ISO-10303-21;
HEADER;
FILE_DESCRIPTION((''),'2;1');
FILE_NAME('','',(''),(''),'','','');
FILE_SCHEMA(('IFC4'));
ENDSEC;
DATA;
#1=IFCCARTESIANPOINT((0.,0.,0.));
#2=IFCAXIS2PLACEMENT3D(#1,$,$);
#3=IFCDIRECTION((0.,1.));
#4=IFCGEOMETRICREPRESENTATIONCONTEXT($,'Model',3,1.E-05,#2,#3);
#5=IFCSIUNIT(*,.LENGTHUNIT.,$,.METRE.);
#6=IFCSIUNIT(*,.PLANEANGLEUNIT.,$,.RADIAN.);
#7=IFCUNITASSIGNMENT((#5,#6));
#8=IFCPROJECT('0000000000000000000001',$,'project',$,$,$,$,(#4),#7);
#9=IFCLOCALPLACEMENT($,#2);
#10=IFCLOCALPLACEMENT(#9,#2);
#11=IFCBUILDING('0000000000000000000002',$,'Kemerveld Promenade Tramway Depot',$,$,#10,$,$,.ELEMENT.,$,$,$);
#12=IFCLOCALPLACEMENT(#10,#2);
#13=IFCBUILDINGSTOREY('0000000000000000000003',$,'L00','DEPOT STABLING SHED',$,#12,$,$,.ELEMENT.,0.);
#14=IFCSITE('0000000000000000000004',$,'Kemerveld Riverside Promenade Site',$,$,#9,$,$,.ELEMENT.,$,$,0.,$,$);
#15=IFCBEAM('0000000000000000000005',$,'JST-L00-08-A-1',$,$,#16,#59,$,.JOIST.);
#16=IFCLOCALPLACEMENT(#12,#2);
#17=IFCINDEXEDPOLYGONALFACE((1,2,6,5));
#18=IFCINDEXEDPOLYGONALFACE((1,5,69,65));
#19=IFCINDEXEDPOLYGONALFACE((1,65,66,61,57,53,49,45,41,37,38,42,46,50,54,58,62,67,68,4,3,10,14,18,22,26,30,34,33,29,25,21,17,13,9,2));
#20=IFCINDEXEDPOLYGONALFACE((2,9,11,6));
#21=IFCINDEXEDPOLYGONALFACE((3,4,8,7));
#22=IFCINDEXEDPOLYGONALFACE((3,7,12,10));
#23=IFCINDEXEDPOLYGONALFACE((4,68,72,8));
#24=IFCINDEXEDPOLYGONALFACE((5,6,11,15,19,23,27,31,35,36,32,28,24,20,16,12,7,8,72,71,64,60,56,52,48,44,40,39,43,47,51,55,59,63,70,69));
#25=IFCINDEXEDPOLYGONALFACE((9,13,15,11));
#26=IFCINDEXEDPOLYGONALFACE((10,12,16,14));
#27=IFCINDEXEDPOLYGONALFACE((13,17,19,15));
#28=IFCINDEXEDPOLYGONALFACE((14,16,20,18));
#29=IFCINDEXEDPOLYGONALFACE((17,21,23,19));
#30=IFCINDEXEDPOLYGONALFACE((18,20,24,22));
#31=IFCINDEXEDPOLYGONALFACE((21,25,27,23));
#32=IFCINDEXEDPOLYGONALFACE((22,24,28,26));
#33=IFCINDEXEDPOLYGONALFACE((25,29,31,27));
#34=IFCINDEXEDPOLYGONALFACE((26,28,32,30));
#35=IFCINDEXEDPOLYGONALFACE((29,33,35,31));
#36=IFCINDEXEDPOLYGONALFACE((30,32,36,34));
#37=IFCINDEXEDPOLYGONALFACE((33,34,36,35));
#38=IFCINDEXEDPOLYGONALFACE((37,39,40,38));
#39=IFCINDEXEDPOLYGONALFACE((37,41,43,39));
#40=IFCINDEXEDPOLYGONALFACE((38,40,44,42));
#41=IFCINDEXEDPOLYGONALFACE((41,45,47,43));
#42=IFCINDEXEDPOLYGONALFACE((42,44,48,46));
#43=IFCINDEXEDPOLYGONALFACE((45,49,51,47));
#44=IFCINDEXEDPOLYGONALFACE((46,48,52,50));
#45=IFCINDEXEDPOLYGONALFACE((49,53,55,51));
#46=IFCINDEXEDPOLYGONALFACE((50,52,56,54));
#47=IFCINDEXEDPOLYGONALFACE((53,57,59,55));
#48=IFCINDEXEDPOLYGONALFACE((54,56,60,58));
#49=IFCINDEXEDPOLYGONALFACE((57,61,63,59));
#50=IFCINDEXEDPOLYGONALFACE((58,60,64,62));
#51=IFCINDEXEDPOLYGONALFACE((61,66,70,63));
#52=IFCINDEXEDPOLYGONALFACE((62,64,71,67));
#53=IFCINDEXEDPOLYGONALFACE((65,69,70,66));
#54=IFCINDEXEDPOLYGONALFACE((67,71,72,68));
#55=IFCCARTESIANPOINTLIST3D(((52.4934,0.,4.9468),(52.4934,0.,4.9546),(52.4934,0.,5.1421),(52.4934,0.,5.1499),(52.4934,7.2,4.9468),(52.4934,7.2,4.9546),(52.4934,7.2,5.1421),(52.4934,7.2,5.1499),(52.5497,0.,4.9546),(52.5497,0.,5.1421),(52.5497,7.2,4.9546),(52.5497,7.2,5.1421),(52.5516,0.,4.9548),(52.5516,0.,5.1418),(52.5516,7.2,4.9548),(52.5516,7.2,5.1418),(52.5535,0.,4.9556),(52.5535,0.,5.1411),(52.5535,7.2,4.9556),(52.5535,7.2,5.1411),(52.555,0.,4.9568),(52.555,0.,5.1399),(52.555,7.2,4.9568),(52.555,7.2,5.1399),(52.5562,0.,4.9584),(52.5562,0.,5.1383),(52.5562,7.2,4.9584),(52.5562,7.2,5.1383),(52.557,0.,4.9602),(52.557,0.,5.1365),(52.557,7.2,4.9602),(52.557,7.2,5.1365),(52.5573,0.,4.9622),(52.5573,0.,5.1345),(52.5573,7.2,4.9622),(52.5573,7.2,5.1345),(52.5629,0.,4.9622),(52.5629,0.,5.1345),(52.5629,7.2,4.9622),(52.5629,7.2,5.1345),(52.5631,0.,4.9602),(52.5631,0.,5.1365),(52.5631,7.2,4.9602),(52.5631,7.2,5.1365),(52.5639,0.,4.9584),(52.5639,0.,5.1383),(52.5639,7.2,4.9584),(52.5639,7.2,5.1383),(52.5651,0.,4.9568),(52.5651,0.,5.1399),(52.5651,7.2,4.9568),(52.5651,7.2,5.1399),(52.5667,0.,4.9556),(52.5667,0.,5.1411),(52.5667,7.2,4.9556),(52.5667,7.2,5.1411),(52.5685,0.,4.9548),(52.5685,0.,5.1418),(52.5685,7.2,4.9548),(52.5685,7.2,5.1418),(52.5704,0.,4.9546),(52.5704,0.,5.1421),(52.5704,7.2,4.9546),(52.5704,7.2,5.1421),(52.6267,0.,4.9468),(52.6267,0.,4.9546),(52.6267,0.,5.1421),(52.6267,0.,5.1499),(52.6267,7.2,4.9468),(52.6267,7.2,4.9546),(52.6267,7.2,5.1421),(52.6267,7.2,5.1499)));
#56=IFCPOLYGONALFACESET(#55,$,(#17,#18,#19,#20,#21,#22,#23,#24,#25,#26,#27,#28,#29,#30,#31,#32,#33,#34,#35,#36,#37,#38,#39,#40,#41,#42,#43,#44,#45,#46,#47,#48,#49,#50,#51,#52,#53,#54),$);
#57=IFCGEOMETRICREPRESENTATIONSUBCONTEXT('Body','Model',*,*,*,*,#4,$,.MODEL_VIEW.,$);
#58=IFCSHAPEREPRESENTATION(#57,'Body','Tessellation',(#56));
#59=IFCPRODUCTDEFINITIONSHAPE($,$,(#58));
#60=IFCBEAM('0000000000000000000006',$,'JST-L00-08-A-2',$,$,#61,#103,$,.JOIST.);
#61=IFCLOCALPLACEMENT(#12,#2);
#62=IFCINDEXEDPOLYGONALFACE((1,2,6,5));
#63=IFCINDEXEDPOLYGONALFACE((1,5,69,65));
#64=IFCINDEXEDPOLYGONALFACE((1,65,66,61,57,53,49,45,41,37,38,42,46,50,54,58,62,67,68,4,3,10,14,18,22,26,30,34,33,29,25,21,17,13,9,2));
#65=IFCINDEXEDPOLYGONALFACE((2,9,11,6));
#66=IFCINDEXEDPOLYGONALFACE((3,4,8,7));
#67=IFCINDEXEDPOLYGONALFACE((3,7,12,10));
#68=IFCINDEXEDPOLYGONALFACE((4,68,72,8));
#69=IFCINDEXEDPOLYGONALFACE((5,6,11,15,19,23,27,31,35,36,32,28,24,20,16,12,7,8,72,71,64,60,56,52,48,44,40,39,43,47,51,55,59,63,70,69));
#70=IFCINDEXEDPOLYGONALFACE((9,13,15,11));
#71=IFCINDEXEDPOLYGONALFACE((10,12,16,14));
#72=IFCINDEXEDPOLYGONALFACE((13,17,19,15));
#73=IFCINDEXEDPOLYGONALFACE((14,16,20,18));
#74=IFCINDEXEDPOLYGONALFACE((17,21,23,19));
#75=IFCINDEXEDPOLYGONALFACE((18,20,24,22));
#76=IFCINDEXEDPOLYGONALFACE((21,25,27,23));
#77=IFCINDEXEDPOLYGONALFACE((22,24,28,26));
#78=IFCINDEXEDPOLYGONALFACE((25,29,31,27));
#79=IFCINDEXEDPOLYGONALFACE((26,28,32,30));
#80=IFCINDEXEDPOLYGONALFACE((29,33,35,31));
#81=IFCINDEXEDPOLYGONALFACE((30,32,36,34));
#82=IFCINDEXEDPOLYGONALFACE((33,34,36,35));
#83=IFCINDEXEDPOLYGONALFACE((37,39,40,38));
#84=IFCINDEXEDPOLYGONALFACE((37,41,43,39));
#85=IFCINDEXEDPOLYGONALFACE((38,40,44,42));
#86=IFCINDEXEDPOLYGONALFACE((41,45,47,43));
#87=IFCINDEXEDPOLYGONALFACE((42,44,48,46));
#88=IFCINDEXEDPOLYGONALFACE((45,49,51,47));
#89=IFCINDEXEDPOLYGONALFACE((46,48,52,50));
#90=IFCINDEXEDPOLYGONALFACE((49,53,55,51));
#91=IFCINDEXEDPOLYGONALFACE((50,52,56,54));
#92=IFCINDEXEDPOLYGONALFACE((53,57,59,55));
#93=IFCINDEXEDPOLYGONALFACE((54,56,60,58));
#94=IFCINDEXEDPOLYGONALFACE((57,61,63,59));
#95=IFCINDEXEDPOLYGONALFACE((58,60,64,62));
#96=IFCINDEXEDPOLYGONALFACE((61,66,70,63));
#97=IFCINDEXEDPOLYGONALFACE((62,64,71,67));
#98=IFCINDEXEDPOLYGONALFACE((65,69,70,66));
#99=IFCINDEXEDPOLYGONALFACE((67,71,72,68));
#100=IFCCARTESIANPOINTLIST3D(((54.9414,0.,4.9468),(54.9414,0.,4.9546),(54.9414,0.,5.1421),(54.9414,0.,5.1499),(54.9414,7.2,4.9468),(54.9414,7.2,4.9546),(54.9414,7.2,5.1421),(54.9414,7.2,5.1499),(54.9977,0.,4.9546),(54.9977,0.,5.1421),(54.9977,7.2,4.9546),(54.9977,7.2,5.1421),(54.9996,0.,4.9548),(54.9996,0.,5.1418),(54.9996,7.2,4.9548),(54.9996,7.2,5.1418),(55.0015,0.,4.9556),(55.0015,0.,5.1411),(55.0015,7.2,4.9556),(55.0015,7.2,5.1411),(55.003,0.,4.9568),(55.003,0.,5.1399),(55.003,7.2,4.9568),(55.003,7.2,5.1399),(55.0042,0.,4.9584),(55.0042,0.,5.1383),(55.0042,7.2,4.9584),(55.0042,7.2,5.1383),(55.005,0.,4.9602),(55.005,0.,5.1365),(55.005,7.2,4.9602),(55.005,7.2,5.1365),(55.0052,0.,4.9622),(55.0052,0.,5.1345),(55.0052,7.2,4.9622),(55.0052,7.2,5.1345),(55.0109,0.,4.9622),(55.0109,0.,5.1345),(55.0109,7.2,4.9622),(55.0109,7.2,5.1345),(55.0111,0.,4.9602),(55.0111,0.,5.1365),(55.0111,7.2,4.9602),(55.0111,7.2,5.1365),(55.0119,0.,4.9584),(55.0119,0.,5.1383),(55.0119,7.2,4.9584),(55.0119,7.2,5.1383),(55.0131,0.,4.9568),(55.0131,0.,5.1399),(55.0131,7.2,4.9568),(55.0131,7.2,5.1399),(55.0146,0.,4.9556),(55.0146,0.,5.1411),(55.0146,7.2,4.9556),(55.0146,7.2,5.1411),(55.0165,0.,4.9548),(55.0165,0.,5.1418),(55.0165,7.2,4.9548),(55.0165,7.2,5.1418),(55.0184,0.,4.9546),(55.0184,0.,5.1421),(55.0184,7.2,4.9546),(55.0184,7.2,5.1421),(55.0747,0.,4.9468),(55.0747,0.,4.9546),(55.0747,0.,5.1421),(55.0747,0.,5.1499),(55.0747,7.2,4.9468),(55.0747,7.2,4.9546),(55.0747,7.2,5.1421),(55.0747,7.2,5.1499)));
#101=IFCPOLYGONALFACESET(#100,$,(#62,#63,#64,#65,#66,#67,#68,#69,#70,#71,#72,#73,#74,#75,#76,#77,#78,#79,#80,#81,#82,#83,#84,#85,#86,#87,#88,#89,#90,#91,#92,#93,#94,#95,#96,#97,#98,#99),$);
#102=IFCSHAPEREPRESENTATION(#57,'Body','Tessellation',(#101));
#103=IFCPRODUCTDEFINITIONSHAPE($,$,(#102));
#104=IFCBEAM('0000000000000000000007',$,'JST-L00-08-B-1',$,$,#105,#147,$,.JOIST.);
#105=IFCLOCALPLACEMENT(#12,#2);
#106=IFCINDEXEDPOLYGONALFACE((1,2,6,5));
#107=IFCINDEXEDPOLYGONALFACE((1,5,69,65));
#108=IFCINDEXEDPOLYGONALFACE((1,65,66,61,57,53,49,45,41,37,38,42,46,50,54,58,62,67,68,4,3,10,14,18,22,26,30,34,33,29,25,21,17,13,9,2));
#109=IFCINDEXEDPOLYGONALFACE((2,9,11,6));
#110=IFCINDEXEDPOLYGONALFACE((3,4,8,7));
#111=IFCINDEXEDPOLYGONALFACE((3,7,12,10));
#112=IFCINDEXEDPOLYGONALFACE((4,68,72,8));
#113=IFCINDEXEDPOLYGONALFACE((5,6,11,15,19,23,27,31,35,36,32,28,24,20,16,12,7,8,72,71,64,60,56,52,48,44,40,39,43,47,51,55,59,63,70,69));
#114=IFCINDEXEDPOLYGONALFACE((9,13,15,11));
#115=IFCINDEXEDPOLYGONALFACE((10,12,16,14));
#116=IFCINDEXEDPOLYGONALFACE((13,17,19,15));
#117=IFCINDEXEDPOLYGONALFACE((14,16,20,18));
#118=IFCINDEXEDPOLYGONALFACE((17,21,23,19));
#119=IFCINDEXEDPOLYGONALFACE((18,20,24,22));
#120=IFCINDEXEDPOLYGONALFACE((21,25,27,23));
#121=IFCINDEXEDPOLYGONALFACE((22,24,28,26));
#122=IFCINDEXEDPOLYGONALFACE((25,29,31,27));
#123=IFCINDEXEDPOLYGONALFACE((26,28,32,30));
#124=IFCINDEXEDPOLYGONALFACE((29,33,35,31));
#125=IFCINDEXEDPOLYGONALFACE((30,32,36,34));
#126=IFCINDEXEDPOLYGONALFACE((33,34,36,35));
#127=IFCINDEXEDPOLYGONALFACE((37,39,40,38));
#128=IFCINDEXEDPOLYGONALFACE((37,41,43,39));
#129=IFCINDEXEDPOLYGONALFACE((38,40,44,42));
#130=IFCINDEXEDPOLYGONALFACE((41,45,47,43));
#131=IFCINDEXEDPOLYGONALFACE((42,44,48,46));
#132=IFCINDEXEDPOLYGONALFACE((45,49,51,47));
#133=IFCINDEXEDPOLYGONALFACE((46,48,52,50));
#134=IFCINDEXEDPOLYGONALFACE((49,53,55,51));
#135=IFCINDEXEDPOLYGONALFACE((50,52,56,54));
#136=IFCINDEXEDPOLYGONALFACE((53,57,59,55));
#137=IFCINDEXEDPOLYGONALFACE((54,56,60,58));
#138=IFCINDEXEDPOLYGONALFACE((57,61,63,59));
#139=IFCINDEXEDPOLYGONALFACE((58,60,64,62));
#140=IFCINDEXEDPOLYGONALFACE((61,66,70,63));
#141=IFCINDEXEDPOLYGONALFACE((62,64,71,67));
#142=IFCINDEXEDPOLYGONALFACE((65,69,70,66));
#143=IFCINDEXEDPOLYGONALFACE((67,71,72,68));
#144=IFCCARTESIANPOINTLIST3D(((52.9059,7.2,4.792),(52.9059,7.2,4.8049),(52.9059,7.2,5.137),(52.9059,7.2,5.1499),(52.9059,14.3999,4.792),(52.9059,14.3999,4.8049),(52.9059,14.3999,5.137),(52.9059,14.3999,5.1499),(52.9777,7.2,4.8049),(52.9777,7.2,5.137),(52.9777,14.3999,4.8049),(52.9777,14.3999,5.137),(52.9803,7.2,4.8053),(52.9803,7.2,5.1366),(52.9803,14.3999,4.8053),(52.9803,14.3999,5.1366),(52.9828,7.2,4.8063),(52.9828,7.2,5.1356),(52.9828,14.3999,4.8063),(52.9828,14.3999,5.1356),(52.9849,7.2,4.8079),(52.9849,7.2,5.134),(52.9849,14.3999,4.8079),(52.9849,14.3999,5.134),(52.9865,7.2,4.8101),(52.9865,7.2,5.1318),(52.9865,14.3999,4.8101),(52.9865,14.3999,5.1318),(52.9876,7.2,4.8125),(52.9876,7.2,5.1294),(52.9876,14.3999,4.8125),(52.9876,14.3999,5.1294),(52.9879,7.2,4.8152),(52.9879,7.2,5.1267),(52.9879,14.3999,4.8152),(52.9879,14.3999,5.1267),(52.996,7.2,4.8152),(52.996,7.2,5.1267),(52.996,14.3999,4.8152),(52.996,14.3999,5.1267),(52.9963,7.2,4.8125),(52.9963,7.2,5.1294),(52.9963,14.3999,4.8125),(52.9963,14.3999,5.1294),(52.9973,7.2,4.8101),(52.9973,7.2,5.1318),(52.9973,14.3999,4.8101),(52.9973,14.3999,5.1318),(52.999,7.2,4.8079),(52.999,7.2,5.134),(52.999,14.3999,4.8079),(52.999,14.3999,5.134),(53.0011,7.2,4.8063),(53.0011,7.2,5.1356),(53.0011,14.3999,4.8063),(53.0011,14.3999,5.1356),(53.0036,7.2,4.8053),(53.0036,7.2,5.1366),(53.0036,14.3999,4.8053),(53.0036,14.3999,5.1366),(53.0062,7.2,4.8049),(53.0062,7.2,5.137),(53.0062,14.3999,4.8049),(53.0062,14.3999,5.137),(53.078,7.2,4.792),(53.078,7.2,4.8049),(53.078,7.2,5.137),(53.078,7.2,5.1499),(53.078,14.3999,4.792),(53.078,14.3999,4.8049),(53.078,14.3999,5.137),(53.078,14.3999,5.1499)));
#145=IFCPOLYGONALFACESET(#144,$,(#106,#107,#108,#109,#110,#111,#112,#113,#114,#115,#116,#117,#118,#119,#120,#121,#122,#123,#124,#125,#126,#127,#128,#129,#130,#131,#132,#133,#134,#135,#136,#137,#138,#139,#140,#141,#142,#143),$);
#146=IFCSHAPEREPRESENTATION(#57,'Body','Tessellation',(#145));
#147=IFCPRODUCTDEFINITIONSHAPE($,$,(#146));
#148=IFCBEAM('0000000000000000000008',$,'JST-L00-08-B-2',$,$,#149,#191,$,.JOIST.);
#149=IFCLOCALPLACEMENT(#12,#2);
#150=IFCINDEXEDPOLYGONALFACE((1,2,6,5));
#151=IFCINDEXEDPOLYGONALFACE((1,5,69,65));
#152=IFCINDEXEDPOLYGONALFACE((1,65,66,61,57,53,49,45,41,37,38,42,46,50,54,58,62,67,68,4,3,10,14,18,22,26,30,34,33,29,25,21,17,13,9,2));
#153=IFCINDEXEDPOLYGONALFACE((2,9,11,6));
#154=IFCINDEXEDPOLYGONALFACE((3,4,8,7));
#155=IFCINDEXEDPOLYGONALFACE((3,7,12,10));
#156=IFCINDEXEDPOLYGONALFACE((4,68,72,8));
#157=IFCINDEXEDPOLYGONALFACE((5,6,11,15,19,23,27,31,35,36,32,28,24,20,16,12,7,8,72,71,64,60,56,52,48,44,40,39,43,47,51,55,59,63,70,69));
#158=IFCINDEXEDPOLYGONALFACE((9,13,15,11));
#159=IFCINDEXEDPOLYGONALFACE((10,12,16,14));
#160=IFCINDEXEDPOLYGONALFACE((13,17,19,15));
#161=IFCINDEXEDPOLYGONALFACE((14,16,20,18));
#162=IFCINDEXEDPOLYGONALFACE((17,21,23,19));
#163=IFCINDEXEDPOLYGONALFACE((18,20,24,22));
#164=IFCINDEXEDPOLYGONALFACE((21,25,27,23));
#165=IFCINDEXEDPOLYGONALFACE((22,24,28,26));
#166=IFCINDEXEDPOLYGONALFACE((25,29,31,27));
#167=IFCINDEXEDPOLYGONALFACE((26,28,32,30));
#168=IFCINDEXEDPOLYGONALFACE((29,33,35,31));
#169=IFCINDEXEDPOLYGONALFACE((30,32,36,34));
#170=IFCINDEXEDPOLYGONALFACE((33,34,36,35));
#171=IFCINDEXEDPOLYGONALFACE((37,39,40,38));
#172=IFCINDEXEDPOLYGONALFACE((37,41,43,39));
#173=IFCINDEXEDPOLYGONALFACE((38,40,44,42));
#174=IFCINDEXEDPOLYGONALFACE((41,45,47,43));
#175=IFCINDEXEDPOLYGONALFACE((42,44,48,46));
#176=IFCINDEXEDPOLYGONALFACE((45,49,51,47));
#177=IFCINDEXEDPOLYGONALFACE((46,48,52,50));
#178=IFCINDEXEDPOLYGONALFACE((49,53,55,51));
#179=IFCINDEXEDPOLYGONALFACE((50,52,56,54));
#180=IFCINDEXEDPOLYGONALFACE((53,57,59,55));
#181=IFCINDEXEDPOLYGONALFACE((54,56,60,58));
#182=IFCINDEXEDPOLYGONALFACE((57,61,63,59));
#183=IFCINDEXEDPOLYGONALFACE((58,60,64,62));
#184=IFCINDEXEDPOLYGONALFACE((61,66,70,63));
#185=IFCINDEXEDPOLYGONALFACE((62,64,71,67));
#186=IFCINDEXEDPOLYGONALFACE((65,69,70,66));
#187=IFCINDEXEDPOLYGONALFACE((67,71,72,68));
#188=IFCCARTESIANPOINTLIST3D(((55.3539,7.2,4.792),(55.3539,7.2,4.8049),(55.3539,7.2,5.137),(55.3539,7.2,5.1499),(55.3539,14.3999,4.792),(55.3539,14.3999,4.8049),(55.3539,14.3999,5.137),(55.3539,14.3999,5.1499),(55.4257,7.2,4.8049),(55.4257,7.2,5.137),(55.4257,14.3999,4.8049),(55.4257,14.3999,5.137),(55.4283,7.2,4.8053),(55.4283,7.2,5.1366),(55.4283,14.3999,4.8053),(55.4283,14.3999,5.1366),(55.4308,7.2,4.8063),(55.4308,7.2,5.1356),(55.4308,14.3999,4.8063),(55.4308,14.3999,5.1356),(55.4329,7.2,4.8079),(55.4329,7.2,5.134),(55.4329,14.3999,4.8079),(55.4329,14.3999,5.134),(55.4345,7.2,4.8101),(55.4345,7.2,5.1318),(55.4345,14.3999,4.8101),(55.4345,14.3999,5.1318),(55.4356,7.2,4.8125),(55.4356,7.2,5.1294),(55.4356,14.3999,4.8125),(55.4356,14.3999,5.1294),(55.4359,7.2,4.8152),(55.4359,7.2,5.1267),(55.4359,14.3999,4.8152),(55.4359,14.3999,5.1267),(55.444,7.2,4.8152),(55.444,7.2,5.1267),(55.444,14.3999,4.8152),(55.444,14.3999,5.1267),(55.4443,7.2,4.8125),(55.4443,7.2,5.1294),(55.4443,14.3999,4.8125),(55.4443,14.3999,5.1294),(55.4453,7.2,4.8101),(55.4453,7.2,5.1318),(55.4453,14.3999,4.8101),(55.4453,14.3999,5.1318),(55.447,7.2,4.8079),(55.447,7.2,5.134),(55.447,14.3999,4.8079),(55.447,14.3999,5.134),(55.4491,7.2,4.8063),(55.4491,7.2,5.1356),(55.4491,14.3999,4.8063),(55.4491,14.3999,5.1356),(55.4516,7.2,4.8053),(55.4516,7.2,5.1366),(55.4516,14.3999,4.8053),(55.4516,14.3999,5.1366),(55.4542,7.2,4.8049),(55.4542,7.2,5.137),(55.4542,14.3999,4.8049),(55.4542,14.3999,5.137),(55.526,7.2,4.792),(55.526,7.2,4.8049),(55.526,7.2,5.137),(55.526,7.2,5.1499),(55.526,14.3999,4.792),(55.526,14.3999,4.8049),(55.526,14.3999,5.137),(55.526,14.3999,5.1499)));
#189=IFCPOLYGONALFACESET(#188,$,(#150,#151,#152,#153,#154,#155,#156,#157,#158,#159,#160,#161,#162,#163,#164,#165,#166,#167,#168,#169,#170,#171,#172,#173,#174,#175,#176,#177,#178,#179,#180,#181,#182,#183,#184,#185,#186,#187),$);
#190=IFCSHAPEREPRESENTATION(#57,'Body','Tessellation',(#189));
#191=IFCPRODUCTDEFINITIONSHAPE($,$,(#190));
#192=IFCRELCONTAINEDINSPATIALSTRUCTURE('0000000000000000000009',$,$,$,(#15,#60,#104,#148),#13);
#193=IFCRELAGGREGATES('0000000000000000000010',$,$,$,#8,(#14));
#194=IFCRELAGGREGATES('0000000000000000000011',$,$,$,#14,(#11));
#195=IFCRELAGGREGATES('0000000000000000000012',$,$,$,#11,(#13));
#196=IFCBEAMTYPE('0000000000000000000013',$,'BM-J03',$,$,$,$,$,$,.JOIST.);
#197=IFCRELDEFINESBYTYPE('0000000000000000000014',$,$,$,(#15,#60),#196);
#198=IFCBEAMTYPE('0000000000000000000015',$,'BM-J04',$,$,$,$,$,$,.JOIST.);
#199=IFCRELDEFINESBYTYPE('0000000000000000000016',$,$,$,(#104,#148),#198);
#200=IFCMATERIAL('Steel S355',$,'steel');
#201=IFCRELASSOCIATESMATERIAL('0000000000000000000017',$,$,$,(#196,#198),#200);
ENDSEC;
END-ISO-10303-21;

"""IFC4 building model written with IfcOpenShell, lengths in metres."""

from ifc_helpers import new_model, si_unit, direction, frame, origin, origin_2d, place, context, subcontext, project, spatial, i_section, extrude, material, material_profile, profile_set, type_object, element, save


model = new_model("IFC4")

# Units and contexts
model_context = context("Model", 3, precision=1e-05, world=origin(), true_north=direction((0.0, 1.0)))
body_context = subcontext(model_context, "Body", "Model", "MODEL_VIEW")
ifc_project = project(units=[si_unit("LENGTHUNIT", "METRE"), si_unit("PLANEANGLEUNIT", "RADIAN")], contexts=[model_context])

# Site, building, storey
site_placement = place(None, origin())
site = spatial("IfcSite", under=ifc_project, at=site_placement, Name="Kemerveld Riverside Promenade Site", CompositionType="ELEMENT", RefElevation=0.0)
building_placement = place(site_placement, origin())
building = spatial("IfcBuilding", under=site, at=building_placement, Name="Kemerveld Promenade Tramway Depot", CompositionType="ELEMENT")
storey_placement = place(building_placement, origin())
storey = spatial("IfcBuildingStorey", under=building, at=storey_placement, Name="L00", Description="DEPOT STABLING SHED", CompositionType="ELEMENT", Elevation=0.0)

# Shared definitions
ifc_material_1 = material(Name="Steel S355", Category="steel")

# Beams
ifc_material_profile_1 = material_profile(ifc_material_1, i_section(OverallWidth=0.1333, OverallDepth=0.2031, WebThickness=0.0056, FlangeThickness=0.0078, FilletRadius=0.0076, at=origin_2d()), Name="203x133x25 UB")
ifc_profile_set_1 = profile_set([ifc_material_profile_1], Name="Steel S355")
beam_type_1 = type_object("IfcBeamType", Name="BM-J03", PredefinedType="JOIST", material=ifc_profile_set_1)
for number, where, z_axis, x_axis, name in (
    (1, (52.5601, 0.0, 5.0483), (0.0, 1.0, 0.0), (-1.0, 0.0, 0.0), "JST-L00-08-A-1"),
    (2, (55.0081, 0.0, 5.0483), (0.0, 1.0, 0.0), (-1.0, 0.0, 0.0), "JST-L00-08-A-2"),
):
    element("IfcBeam", number, at=place(storey_placement, frame(where, z_axis=z_axis, x_axis=x_axis)), inside=storey, type_object=beam_type_1, Name=name, PredefinedType="JOIST", context=body_context, shape_type="SweptSolid", body=[
        extrude(i_section(OverallWidth=0.1333, OverallDepth=0.2031, WebThickness=0.0056, FlangeThickness=0.0078, FilletRadius=0.0076, at=origin_2d()), origin(), (0.0, 0.0, 1.0), 7.2),
    ])
ifc_material_profile_2 = material_profile(ifc_material_1, i_section(OverallWidth=0.1721, OverallDepth=0.3579, WebThickness=0.0081, FlangeThickness=0.0129, FilletRadius=0.0103, at=origin_2d()), Name="356x171x57 UB")
ifc_profile_set_2 = profile_set([ifc_material_profile_2], Name="Steel S355")
beam_type_2 = type_object("IfcBeamType", Name="BM-J04", PredefinedType="JOIST", material=ifc_profile_set_2)
for number, where, z_axis, x_axis, name in (
    (3, (52.9919, 7.2, 4.9709), (0.0, 1.0, 0.0), (-1.0, 0.0, 0.0), "JST-L00-08-B-1"),
    (4, (55.4399, 7.2, 4.9709), (0.0, 1.0, 0.0), (-1.0, 0.0, 0.0), "JST-L00-08-B-2"),
):
    element("IfcBeam", number, at=place(storey_placement, frame(where, z_axis=z_axis, x_axis=x_axis)), inside=storey, type_object=beam_type_2, Name=name, PredefinedType="JOIST", context=body_context, shape_type="SweptSolid", body=[
        extrude(i_section(OverallWidth=0.1721, OverallDepth=0.3579, WebThickness=0.0081, FlangeThickness=0.0129, FilletRadius=0.0103, at=origin_2d()), origin(), (0.0, 0.0, 1.0), 7.2),
    ])

save(model, "model.ifc")
